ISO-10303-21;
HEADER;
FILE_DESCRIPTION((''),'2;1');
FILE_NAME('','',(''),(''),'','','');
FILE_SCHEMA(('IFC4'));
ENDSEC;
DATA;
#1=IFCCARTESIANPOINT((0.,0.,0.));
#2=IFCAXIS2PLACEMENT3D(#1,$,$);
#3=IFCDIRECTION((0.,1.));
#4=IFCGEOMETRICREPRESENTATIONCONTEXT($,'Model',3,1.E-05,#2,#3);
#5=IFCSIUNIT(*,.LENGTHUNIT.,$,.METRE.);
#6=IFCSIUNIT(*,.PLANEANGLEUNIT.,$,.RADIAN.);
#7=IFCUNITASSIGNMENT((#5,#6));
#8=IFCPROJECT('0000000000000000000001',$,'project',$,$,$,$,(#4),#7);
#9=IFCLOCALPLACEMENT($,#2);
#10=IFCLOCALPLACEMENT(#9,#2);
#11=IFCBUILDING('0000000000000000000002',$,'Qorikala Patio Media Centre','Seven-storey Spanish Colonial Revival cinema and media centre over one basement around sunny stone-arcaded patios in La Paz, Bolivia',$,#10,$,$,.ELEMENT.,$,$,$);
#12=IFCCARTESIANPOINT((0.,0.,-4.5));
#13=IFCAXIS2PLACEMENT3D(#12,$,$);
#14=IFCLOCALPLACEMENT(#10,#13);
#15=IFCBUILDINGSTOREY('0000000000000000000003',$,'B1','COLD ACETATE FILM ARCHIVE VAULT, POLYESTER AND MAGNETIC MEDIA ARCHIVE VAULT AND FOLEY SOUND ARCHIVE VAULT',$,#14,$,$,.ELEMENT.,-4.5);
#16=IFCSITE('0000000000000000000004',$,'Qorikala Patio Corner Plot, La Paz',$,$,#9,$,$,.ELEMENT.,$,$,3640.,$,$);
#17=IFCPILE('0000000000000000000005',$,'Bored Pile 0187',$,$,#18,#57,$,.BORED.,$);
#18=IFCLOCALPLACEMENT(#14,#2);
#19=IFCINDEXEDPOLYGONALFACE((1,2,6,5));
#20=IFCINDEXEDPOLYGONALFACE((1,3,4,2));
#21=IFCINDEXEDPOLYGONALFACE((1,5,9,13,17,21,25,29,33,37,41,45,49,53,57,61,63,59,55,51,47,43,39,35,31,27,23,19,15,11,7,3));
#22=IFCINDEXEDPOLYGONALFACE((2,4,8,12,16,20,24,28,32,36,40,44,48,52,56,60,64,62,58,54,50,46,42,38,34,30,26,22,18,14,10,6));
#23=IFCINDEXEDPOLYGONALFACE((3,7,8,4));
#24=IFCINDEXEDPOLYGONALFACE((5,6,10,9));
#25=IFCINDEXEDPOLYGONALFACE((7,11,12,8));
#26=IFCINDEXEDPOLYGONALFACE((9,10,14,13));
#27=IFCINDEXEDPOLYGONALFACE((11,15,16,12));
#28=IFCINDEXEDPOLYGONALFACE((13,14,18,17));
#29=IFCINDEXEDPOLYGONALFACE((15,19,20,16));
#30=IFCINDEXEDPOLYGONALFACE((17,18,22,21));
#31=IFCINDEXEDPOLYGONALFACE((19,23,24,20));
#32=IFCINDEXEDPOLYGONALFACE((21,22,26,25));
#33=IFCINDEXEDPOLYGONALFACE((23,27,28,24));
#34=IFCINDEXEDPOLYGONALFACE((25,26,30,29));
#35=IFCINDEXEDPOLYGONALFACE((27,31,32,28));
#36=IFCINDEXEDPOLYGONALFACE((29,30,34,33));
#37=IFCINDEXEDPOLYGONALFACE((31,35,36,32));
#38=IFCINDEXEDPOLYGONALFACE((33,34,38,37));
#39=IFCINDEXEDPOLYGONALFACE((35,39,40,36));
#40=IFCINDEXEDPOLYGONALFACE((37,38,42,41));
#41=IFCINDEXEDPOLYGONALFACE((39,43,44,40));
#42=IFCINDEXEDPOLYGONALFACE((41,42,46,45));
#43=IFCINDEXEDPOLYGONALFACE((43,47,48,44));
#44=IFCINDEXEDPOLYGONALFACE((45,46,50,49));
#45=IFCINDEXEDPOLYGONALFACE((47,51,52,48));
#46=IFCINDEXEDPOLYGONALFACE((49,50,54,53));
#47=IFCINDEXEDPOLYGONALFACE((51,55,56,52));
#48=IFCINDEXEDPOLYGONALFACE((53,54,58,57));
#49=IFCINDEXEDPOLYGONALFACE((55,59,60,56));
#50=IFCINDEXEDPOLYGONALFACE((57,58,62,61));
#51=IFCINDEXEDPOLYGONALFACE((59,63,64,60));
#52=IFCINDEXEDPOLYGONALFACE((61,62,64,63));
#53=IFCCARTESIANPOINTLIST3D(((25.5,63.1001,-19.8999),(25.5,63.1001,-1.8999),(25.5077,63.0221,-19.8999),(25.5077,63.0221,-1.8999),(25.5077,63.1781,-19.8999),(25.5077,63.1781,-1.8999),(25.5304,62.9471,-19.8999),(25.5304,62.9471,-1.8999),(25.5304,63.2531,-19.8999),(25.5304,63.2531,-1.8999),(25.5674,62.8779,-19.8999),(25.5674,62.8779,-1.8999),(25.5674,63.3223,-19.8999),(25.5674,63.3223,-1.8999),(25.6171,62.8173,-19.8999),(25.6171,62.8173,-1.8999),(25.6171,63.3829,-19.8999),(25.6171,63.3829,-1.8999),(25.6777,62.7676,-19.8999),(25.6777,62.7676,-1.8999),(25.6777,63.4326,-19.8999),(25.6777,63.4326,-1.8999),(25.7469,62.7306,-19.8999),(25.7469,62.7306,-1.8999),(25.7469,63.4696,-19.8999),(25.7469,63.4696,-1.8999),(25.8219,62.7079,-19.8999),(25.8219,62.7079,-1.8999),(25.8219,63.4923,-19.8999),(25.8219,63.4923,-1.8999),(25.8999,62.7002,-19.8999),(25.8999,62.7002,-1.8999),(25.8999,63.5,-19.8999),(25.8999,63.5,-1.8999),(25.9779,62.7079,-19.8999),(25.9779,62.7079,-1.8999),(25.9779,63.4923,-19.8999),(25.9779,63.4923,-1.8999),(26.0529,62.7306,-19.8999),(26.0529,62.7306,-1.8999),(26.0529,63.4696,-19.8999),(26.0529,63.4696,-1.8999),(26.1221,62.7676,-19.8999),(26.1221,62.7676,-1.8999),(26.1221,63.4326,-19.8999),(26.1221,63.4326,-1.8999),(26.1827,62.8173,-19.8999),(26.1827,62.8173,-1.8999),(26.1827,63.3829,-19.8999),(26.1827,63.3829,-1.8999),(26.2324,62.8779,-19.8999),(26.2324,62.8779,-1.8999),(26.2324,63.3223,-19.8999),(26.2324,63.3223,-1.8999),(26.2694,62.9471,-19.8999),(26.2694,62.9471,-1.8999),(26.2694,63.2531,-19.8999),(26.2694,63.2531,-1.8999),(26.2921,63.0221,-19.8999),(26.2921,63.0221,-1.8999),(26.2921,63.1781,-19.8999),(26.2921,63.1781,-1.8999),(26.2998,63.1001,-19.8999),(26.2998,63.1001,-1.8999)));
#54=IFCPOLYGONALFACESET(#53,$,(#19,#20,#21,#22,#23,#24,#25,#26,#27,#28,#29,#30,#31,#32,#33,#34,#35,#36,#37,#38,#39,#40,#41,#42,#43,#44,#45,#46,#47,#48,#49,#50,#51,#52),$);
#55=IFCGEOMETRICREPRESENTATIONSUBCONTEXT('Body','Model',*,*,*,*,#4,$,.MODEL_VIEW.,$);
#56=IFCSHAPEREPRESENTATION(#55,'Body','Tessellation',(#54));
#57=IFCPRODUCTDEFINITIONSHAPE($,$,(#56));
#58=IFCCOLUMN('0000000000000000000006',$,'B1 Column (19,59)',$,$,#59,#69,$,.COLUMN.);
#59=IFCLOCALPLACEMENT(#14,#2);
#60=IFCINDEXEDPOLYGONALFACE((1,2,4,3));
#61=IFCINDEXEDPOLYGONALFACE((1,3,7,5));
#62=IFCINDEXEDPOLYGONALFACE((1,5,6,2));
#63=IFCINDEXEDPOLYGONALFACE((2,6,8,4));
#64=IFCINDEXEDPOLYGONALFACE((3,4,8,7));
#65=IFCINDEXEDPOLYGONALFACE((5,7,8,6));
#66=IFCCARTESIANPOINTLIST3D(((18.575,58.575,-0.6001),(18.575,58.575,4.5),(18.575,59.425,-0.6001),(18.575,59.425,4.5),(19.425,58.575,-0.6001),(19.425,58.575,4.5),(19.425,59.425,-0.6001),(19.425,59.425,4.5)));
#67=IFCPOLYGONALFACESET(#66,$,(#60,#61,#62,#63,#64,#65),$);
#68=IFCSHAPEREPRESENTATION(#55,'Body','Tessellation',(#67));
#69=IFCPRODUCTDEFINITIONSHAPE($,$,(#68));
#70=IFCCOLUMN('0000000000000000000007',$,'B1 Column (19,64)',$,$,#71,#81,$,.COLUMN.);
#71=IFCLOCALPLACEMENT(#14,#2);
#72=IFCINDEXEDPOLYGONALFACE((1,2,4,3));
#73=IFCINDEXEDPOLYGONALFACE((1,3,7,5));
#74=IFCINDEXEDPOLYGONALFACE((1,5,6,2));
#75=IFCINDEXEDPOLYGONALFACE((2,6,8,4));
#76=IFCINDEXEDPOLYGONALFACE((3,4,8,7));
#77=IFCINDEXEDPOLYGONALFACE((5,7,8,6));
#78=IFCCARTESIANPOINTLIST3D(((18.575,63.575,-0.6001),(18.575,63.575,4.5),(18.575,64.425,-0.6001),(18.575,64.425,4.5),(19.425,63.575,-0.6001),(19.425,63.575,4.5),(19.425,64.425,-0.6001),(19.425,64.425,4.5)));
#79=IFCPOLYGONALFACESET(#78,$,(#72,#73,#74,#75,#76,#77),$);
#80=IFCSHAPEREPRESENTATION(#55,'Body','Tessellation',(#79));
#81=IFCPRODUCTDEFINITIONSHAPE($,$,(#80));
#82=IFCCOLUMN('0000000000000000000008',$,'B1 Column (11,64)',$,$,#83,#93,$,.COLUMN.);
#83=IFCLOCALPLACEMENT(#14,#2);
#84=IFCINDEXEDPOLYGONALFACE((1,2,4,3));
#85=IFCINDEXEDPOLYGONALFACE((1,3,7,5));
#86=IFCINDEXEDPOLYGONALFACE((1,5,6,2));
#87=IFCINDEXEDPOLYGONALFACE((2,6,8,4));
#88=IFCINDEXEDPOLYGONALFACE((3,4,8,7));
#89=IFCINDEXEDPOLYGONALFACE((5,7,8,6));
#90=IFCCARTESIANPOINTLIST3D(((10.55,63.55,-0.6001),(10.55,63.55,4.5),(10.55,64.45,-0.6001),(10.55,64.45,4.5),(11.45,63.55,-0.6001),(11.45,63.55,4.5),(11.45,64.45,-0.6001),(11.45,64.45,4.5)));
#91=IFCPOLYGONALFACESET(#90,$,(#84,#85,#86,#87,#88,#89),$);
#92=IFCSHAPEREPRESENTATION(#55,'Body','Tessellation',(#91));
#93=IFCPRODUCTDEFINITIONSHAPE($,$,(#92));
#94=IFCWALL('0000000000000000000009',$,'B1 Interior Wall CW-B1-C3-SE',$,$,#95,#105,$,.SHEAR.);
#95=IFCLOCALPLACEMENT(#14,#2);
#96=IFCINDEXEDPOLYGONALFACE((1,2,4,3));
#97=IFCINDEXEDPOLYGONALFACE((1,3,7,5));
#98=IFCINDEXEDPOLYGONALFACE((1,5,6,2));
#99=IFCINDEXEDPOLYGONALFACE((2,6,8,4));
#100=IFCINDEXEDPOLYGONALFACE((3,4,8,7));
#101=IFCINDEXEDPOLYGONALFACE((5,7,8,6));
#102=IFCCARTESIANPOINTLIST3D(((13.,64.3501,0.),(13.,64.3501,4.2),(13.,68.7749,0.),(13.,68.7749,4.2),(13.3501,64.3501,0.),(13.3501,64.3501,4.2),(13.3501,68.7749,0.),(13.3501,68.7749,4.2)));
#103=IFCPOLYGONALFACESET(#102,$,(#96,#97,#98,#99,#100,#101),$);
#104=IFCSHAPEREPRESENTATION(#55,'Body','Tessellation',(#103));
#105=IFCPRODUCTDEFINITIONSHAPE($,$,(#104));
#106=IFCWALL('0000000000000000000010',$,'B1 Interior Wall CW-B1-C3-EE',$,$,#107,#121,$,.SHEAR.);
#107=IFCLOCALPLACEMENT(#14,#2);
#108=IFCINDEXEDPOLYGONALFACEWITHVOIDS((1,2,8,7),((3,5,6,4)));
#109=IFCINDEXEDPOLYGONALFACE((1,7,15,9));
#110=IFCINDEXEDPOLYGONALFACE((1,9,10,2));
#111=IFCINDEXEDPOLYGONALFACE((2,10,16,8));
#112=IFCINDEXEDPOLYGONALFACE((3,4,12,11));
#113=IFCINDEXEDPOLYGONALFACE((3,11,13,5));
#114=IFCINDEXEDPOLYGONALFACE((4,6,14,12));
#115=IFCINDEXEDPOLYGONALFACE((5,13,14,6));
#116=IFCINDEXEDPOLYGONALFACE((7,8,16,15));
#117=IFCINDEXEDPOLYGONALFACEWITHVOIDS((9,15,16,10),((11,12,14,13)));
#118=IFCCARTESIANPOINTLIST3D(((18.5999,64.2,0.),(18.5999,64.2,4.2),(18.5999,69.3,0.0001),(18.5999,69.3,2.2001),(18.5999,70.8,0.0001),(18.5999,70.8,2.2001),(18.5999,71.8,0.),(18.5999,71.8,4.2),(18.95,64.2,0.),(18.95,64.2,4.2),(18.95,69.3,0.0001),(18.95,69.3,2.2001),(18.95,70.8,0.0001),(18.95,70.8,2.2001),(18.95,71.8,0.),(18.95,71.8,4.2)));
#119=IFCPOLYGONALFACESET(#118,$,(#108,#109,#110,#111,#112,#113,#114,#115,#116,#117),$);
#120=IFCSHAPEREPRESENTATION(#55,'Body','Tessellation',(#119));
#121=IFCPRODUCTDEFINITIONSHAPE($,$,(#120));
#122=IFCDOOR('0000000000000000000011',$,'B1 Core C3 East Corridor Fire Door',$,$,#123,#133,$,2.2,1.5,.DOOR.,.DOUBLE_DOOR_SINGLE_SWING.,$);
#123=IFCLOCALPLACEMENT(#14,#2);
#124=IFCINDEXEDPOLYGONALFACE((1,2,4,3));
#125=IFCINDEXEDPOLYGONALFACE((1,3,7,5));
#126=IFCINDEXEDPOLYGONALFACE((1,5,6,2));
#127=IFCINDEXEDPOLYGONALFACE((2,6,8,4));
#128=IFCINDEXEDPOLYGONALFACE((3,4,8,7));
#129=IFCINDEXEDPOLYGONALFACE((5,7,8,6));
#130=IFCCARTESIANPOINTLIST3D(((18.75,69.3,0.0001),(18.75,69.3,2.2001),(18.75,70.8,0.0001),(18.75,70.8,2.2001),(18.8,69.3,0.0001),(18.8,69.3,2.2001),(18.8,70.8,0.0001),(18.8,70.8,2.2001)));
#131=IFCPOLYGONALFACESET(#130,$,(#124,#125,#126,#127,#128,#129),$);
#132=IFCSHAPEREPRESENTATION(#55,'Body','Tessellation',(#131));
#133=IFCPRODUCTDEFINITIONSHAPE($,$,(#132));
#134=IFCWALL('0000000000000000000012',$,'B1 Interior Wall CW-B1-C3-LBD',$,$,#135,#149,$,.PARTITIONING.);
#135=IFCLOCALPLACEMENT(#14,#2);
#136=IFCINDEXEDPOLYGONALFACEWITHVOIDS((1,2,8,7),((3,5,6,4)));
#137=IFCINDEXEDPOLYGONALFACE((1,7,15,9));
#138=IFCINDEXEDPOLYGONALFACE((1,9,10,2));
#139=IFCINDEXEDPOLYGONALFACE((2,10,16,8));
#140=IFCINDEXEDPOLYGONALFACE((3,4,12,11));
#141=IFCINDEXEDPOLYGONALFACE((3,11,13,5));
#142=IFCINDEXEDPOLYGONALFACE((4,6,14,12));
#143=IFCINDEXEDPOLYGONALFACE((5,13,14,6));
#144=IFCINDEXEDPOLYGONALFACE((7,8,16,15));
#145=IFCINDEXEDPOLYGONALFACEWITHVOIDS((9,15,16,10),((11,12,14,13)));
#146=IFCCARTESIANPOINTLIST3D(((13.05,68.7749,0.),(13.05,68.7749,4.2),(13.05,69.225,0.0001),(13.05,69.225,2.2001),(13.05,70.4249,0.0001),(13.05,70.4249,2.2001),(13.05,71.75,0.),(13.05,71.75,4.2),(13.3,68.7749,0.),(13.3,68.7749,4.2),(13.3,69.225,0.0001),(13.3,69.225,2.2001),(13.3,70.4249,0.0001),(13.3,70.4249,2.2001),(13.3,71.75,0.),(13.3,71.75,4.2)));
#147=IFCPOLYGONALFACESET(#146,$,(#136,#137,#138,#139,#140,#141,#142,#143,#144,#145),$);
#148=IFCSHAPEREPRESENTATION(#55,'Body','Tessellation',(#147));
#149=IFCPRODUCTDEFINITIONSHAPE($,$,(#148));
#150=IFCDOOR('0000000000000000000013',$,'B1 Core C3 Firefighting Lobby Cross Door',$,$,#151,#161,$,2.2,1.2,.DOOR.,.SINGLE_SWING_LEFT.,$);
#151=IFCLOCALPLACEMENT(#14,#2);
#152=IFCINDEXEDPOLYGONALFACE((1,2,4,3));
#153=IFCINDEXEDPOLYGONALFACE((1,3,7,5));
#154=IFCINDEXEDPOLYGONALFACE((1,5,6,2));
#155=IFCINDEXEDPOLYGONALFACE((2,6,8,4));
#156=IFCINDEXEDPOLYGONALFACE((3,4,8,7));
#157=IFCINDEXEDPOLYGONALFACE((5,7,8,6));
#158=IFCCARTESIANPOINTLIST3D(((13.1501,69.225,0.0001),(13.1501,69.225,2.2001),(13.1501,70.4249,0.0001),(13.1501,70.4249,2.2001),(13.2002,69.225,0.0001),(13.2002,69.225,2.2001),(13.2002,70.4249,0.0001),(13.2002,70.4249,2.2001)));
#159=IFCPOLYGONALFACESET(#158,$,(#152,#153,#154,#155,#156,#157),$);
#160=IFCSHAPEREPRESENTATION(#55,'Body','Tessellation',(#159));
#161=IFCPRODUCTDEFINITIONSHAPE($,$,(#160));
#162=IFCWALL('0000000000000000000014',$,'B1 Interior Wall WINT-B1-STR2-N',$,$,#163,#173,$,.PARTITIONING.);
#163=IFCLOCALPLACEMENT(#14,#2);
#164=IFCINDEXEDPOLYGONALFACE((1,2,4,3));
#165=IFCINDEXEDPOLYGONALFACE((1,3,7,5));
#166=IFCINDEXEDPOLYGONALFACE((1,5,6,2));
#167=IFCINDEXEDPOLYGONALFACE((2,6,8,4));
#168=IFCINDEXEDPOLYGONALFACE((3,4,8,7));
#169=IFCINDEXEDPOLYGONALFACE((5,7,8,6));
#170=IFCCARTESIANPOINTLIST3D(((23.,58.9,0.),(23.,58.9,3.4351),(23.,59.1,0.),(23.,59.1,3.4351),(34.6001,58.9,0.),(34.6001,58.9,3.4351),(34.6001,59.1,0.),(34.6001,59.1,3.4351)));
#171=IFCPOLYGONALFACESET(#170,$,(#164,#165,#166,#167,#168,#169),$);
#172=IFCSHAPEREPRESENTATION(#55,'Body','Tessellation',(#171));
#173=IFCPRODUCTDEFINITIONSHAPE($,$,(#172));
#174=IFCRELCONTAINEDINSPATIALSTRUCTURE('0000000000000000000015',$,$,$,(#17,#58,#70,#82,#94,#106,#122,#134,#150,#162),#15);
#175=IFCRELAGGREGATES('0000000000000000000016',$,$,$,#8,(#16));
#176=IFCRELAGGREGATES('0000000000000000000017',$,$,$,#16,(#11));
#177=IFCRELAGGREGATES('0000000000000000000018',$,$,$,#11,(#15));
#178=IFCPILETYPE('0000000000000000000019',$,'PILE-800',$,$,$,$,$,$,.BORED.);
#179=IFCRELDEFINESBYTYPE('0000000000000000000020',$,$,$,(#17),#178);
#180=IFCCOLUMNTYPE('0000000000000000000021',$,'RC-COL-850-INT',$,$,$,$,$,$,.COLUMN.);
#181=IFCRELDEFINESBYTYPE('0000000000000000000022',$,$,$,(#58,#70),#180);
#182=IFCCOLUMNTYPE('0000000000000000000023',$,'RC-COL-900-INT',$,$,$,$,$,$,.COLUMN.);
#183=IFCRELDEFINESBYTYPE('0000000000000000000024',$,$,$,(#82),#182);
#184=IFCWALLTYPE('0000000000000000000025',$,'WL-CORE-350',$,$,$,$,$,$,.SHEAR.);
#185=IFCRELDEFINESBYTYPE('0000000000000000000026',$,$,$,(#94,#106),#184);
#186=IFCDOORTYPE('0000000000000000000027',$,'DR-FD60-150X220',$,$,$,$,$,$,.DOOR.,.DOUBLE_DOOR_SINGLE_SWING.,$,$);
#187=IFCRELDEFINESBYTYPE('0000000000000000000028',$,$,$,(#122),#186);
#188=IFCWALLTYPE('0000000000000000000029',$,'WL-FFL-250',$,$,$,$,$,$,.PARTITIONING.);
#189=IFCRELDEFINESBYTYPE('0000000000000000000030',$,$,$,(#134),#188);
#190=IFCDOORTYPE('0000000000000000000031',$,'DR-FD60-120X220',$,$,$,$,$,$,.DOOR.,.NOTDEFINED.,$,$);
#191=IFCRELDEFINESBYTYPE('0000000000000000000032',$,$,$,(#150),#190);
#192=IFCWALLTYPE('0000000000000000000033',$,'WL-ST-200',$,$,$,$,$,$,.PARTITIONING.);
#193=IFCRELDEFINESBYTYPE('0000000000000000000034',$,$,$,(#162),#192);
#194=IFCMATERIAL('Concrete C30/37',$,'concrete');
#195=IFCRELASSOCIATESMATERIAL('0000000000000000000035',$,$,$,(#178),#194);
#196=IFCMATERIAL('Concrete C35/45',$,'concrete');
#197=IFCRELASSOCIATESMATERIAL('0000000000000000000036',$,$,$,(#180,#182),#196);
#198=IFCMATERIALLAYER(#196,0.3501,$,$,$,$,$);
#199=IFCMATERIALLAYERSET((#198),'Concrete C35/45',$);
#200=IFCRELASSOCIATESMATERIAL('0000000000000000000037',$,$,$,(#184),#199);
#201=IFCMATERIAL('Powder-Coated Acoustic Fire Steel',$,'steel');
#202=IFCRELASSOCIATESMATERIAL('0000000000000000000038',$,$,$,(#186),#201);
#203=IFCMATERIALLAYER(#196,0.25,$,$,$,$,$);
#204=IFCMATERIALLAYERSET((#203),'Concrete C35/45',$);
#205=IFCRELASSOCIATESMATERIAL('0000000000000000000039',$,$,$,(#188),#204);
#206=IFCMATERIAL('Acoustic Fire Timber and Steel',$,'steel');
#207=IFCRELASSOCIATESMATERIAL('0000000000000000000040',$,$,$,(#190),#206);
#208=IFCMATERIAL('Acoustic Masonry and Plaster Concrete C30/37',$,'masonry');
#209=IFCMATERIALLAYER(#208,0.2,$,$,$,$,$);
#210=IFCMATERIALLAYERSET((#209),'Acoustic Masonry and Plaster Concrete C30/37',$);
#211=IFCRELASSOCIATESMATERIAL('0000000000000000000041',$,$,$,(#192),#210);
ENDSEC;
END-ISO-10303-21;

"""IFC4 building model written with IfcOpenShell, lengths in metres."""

from ifc_helpers import new_model, si_unit, direction, frame, frame_2d, origin, origin_2d, place, context, subcontext, project, spatial, rectangle, circle, extrude, material, layer, layer_set, material_profile, profile_set, type_object, element, fill, save


model = new_model("IFC4")

# Units and contexts
model_context = context("Model", 3, precision=1e-05, world=origin(), true_north=direction((0.0, 1.0)))
body_context = subcontext(model_context, "Body", "Model", "MODEL_VIEW")
ifc_project = project(units=[si_unit("LENGTHUNIT", "METRE"), si_unit("PLANEANGLEUNIT", "RADIAN")], contexts=[model_context])

# Site, building, storey
site_placement = place(None, origin())
site = spatial("IfcSite", under=ifc_project, at=site_placement, Name="Qorikala Patio Corner Plot, La Paz", CompositionType="ELEMENT", RefElevation=3640.0)
building_placement = place(site_placement, origin())
building = spatial("IfcBuilding", under=site, at=building_placement, Name="Qorikala Patio Media Centre", Description="Seven-storey Spanish Colonial Revival cinema and media centre over one basement around sunny stone-arcaded patios in La Paz, Bolivia", CompositionType="ELEMENT")
storey_placement = place(building_placement, frame((0.0, 0.0, -4.5)))
storey = spatial("IfcBuildingStorey", under=building, at=storey_placement, Name="B1", Description="COLD ACETATE FILM ARCHIVE VAULT, POLYESTER AND MAGNETIC MEDIA ARCHIVE VAULT AND FOLEY SOUND ARCHIVE VAULT", CompositionType="ELEMENT", Elevation=-4.5)

# Shared definitions
ifc_material_1 = material(Name="Concrete C30/37", Category="concrete")

# Pile
ifc_material_profile_1 = material_profile(ifc_material_1, circle(Radius=0.3999, at=origin_2d()), Name="BORED PILE 800")
ifc_profile_set_1 = profile_set([ifc_material_profile_1], Name="Concrete C30/37")
pile_type_1 = type_object("IfcPileType", Name="PILE-800", PredefinedType="BORED", material=ifc_profile_set_1)
for number, where, z_axis, x_axis, name in (
    (1, (25.8999, 63.1001, -1.8999), (0.0, 0.0, -1.0), (1.0, 0.0, 0.0), "Bored Pile 0187"),
):
    element("IfcPile", number, at=place(storey_placement, frame(where, z_axis=z_axis, x_axis=x_axis)), inside=storey, type_object=pile_type_1, Name=name, PredefinedType="BORED", context=body_context, shape_type="SweptSolid", body=[
        extrude(circle(Radius=0.3999, at=origin_2d()), origin(), (0.0, 0.0, 1.0), 18.0),
    ])

# Columns
ifc_material_2 = material(Name="Concrete C35/45", Category="concrete")
ifc_material_profile_2 = material_profile(ifc_material_2, rectangle(XDim=0.8501, YDim=0.8501, at=origin_2d()), Name="RC 850x850")
ifc_profile_set_2 = profile_set([ifc_material_profile_2], Name="Concrete C35/45")
column_type_1 = type_object("IfcColumnType", Name="RC-COL-850-INT", PredefinedType="COLUMN", material=ifc_profile_set_2)
for number, where, z_axis, x_axis, name in (
    (2, (19.0, 59.0, -0.6001), (0.0, 0.0, 1.0), (1.0, 0.0, 0.0), "B1 Column (19,59)"),
    (3, (19.0, 64.0, -0.6001), (0.0, 0.0, 1.0), (1.0, 0.0, 0.0), "B1 Column (19,64)"),
):
    element("IfcColumn", number, at=place(storey_placement, frame(where, z_axis=z_axis, x_axis=x_axis)), inside=storey, type_object=column_type_1, Name=name, PredefinedType="COLUMN", context=body_context, shape_type="SweptSolid", body=[
        extrude(rectangle(XDim=0.8501, YDim=0.8501, at=origin_2d()), origin(), (0.0, 0.0, 1.0), 5.1001),
    ])
ifc_material_profile_3 = material_profile(ifc_material_2, rectangle(XDim=0.8999, YDim=0.8999, at=origin_2d()), Name="RC 900x900")
ifc_profile_set_3 = profile_set([ifc_material_profile_3], Name="Concrete C35/45")
column_type_2 = type_object("IfcColumnType", Name="RC-COL-900-INT", PredefinedType="COLUMN", material=ifc_profile_set_3)
column_placement = place(storey_placement, frame((11.0, 64.0, -0.6001), z_axis=(0.0, 0.0, 1.0), x_axis=(1.0, 0.0, 0.0)))
element("IfcColumn", 4, at=column_placement, inside=storey, type_object=column_type_2, Name="B1 Column (11,64)", PredefinedType="COLUMN", context=body_context, shape_type="SweptSolid", body=[
    extrude(rectangle(XDim=0.8999, YDim=0.8999, at=origin_2d()), origin(), (0.0, 0.0, 1.0), 5.1001),
])

# Wall
ifc_layer_1 = layer(ifc_material_2, 0.3501)
ifc_layer_set_1 = layer_set([ifc_layer_1], Name="Concrete C35/45")
wall_type_1 = type_object("IfcWallType", Name="WL-CORE-350", PredefinedType="SHEAR", material=ifc_layer_set_1)
wall_1_placement = place(storey_placement, frame((13.175, 64.3501, 0.0), z_axis=(0.0, 0.0, 1.0), x_axis=(0.0, 1.0, 0.0)))
element("IfcWall", 5, at=wall_1_placement, inside=storey, type_object=wall_type_1, Name="B1 Interior Wall CW-B1-C3-SE", PredefinedType="SHEAR", context=body_context, shape_type="SweptSolid", body=[
    extrude(rectangle(XDim=4.4248, YDim=0.3501, at=frame_2d((2.2124, 0.0))), origin(), (0.0, 0.0, 1.0), 4.2),
])

# Walls, openings, doors
wall_2_placement = place(storey_placement, frame((18.7749, 64.2, 0.0), z_axis=(0.0, 0.0, 1.0), x_axis=(0.0, 1.0, 0.0)))
wall_2 = element("IfcWall", 6, at=wall_2_placement, inside=storey, type_object=wall_type_1, Name="B1 Interior Wall CW-B1-C3-EE", PredefinedType="SHEAR", context=body_context, shape_type="SweptSolid", body=[
    extrude(rectangle(XDim=7.6001, YDim=0.3501, at=frame_2d((3.8, 0.0))), origin(), (0.0, 0.0, 1.0), 4.2),
])
opening_1_placement = place(wall_2_placement, frame((5.1001, 0.0, 0.0)))
opening_1 = element("IfcOpeningElement", 7, at=opening_1_placement, cuts=wall_2, PredefinedType="OPENING", context=body_context, shape_type="SweptSolid", body=[
    extrude(rectangle(XDim=1.5, YDim=2.2, at=frame_2d((0.75, 1.1001))), frame((0.0, 0.1851, 0.0), z_axis=(0.0, -1.0, 0.0), x_axis=(1.0, 0.0, 0.0)), (0.0, 0.0, 1.0), 0.3701),
])
ifc_material_3 = material(Name="Powder-Coated Acoustic Fire Steel", Category="steel")
door_type_1 = type_object("IfcDoorType", Name="DR-FD60-150X220", OperationType="DOUBLE_DOOR_SINGLE_SWING", PredefinedType="DOOR", material=ifc_material_3)
door_1_placement = place(opening_1_placement, origin())
door_1 = element("IfcDoor", 8, at=door_1_placement, inside=storey, type_object=door_type_1, Name="B1 Core C3 East Corridor Fire Door", OperationType="DOUBLE_DOOR_SINGLE_SWING", OverallHeight=2.2, OverallWidth=1.5, PredefinedType="DOOR", context=body_context, shape_type="SweptSolid", body=[
    extrude(rectangle(XDim=1.5, YDim=2.2, at=frame_2d((0.75, 1.1001))), frame((0.0, 0.0249, 0.0), z_axis=(0.0, -1.0, 0.0), x_axis=(1.0, 0.0, 0.0)), (0.0, 0.0, 1.0), 0.05),
])
fill(opening_1, door_1)
ifc_layer_2 = layer(ifc_material_2, 0.25)
ifc_layer_set_2 = layer_set([ifc_layer_2], Name="Concrete C35/45")
wall_type_2 = type_object("IfcWallType", Name="WL-FFL-250", PredefinedType="PARTITIONING", material=ifc_layer_set_2)
wall_3_placement = place(storey_placement, frame((13.175, 68.7749, 0.0), z_axis=(0.0, 0.0, 1.0), x_axis=(0.0, 1.0, 0.0)))
wall_3 = element("IfcWall", 9, at=wall_3_placement, inside=storey, type_object=wall_type_2, Name="B1 Interior Wall CW-B1-C3-LBD", PredefinedType="PARTITIONING", context=body_context, shape_type="SweptSolid", body=[
    extrude(rectangle(XDim=2.9751, YDim=0.25, at=frame_2d((1.4875, 0.0))), origin(), (0.0, 0.0, 1.0), 4.2),
])
opening_2_placement = place(wall_3_placement, frame((0.45, 0.0, 0.0)))
opening_2 = element("IfcOpeningElement", 10, at=opening_2_placement, cuts=wall_3, PredefinedType="OPENING", context=body_context, shape_type="SweptSolid", body=[
    extrude(rectangle(XDim=1.2, YDim=2.2, at=frame_2d((0.6001, 1.1001))), frame((0.0, 0.135, 0.0), z_axis=(0.0, -1.0, 0.0), x_axis=(1.0, 0.0, 0.0)), (0.0, 0.0, 1.0), 0.27),
])
ifc_material_4 = material(Name="Acoustic Fire Timber and Steel", Category="steel")
door_type_2 = type_object("IfcDoorType", Name="DR-FD60-120X220", OperationType="NOTDEFINED", PredefinedType="DOOR", material=ifc_material_4)
door_2_placement = place(opening_2_placement, origin())
door_2 = element("IfcDoor", 11, at=door_2_placement, inside=storey, type_object=door_type_2, Name="B1 Core C3 Firefighting Lobby Cross Door", OperationType="SINGLE_SWING_LEFT", OverallHeight=2.2, OverallWidth=1.2, PredefinedType="DOOR", context=body_context, shape_type="SweptSolid", body=[
    extrude(rectangle(XDim=1.2, YDim=2.2, at=frame_2d((0.6001, 1.1001))), frame((0.0, 0.0249, 0.0), z_axis=(0.0, -1.0, 0.0), x_axis=(1.0, 0.0, 0.0)), (0.0, 0.0, 1.0), 0.05),
])
fill(opening_2, door_2)

# Wall
ifc_material_5 = material(Name="Acoustic Masonry and Plaster Concrete C30/37", Category="masonry")
ifc_layer_3 = layer(ifc_material_5, 0.2)
ifc_layer_set_3 = layer_set([ifc_layer_3], Name="Acoustic Masonry and Plaster Concrete C30/37")
wall_type_3 = type_object("IfcWallType", Name="WL-ST-200", PredefinedType="PARTITIONING", material=ifc_layer_set_3)
wall_4_placement = place(storey_placement, frame((23.0, 59.0, 0.0), z_axis=(0.0, 0.0, 1.0), x_axis=(1.0, 0.0, 0.0)))
element("IfcWall", 12, at=wall_4_placement, inside=storey, type_object=wall_type_3, Name="B1 Interior Wall WINT-B1-STR2-N", PredefinedType="PARTITIONING", context=body_context, shape_type="SweptSolid", body=[
    extrude(rectangle(XDim=11.6001, YDim=0.2, at=frame_2d((5.8, 0.0))), origin(), (0.0, 0.0, 1.0), 3.4351),
])

save(model, "model.ifc")
